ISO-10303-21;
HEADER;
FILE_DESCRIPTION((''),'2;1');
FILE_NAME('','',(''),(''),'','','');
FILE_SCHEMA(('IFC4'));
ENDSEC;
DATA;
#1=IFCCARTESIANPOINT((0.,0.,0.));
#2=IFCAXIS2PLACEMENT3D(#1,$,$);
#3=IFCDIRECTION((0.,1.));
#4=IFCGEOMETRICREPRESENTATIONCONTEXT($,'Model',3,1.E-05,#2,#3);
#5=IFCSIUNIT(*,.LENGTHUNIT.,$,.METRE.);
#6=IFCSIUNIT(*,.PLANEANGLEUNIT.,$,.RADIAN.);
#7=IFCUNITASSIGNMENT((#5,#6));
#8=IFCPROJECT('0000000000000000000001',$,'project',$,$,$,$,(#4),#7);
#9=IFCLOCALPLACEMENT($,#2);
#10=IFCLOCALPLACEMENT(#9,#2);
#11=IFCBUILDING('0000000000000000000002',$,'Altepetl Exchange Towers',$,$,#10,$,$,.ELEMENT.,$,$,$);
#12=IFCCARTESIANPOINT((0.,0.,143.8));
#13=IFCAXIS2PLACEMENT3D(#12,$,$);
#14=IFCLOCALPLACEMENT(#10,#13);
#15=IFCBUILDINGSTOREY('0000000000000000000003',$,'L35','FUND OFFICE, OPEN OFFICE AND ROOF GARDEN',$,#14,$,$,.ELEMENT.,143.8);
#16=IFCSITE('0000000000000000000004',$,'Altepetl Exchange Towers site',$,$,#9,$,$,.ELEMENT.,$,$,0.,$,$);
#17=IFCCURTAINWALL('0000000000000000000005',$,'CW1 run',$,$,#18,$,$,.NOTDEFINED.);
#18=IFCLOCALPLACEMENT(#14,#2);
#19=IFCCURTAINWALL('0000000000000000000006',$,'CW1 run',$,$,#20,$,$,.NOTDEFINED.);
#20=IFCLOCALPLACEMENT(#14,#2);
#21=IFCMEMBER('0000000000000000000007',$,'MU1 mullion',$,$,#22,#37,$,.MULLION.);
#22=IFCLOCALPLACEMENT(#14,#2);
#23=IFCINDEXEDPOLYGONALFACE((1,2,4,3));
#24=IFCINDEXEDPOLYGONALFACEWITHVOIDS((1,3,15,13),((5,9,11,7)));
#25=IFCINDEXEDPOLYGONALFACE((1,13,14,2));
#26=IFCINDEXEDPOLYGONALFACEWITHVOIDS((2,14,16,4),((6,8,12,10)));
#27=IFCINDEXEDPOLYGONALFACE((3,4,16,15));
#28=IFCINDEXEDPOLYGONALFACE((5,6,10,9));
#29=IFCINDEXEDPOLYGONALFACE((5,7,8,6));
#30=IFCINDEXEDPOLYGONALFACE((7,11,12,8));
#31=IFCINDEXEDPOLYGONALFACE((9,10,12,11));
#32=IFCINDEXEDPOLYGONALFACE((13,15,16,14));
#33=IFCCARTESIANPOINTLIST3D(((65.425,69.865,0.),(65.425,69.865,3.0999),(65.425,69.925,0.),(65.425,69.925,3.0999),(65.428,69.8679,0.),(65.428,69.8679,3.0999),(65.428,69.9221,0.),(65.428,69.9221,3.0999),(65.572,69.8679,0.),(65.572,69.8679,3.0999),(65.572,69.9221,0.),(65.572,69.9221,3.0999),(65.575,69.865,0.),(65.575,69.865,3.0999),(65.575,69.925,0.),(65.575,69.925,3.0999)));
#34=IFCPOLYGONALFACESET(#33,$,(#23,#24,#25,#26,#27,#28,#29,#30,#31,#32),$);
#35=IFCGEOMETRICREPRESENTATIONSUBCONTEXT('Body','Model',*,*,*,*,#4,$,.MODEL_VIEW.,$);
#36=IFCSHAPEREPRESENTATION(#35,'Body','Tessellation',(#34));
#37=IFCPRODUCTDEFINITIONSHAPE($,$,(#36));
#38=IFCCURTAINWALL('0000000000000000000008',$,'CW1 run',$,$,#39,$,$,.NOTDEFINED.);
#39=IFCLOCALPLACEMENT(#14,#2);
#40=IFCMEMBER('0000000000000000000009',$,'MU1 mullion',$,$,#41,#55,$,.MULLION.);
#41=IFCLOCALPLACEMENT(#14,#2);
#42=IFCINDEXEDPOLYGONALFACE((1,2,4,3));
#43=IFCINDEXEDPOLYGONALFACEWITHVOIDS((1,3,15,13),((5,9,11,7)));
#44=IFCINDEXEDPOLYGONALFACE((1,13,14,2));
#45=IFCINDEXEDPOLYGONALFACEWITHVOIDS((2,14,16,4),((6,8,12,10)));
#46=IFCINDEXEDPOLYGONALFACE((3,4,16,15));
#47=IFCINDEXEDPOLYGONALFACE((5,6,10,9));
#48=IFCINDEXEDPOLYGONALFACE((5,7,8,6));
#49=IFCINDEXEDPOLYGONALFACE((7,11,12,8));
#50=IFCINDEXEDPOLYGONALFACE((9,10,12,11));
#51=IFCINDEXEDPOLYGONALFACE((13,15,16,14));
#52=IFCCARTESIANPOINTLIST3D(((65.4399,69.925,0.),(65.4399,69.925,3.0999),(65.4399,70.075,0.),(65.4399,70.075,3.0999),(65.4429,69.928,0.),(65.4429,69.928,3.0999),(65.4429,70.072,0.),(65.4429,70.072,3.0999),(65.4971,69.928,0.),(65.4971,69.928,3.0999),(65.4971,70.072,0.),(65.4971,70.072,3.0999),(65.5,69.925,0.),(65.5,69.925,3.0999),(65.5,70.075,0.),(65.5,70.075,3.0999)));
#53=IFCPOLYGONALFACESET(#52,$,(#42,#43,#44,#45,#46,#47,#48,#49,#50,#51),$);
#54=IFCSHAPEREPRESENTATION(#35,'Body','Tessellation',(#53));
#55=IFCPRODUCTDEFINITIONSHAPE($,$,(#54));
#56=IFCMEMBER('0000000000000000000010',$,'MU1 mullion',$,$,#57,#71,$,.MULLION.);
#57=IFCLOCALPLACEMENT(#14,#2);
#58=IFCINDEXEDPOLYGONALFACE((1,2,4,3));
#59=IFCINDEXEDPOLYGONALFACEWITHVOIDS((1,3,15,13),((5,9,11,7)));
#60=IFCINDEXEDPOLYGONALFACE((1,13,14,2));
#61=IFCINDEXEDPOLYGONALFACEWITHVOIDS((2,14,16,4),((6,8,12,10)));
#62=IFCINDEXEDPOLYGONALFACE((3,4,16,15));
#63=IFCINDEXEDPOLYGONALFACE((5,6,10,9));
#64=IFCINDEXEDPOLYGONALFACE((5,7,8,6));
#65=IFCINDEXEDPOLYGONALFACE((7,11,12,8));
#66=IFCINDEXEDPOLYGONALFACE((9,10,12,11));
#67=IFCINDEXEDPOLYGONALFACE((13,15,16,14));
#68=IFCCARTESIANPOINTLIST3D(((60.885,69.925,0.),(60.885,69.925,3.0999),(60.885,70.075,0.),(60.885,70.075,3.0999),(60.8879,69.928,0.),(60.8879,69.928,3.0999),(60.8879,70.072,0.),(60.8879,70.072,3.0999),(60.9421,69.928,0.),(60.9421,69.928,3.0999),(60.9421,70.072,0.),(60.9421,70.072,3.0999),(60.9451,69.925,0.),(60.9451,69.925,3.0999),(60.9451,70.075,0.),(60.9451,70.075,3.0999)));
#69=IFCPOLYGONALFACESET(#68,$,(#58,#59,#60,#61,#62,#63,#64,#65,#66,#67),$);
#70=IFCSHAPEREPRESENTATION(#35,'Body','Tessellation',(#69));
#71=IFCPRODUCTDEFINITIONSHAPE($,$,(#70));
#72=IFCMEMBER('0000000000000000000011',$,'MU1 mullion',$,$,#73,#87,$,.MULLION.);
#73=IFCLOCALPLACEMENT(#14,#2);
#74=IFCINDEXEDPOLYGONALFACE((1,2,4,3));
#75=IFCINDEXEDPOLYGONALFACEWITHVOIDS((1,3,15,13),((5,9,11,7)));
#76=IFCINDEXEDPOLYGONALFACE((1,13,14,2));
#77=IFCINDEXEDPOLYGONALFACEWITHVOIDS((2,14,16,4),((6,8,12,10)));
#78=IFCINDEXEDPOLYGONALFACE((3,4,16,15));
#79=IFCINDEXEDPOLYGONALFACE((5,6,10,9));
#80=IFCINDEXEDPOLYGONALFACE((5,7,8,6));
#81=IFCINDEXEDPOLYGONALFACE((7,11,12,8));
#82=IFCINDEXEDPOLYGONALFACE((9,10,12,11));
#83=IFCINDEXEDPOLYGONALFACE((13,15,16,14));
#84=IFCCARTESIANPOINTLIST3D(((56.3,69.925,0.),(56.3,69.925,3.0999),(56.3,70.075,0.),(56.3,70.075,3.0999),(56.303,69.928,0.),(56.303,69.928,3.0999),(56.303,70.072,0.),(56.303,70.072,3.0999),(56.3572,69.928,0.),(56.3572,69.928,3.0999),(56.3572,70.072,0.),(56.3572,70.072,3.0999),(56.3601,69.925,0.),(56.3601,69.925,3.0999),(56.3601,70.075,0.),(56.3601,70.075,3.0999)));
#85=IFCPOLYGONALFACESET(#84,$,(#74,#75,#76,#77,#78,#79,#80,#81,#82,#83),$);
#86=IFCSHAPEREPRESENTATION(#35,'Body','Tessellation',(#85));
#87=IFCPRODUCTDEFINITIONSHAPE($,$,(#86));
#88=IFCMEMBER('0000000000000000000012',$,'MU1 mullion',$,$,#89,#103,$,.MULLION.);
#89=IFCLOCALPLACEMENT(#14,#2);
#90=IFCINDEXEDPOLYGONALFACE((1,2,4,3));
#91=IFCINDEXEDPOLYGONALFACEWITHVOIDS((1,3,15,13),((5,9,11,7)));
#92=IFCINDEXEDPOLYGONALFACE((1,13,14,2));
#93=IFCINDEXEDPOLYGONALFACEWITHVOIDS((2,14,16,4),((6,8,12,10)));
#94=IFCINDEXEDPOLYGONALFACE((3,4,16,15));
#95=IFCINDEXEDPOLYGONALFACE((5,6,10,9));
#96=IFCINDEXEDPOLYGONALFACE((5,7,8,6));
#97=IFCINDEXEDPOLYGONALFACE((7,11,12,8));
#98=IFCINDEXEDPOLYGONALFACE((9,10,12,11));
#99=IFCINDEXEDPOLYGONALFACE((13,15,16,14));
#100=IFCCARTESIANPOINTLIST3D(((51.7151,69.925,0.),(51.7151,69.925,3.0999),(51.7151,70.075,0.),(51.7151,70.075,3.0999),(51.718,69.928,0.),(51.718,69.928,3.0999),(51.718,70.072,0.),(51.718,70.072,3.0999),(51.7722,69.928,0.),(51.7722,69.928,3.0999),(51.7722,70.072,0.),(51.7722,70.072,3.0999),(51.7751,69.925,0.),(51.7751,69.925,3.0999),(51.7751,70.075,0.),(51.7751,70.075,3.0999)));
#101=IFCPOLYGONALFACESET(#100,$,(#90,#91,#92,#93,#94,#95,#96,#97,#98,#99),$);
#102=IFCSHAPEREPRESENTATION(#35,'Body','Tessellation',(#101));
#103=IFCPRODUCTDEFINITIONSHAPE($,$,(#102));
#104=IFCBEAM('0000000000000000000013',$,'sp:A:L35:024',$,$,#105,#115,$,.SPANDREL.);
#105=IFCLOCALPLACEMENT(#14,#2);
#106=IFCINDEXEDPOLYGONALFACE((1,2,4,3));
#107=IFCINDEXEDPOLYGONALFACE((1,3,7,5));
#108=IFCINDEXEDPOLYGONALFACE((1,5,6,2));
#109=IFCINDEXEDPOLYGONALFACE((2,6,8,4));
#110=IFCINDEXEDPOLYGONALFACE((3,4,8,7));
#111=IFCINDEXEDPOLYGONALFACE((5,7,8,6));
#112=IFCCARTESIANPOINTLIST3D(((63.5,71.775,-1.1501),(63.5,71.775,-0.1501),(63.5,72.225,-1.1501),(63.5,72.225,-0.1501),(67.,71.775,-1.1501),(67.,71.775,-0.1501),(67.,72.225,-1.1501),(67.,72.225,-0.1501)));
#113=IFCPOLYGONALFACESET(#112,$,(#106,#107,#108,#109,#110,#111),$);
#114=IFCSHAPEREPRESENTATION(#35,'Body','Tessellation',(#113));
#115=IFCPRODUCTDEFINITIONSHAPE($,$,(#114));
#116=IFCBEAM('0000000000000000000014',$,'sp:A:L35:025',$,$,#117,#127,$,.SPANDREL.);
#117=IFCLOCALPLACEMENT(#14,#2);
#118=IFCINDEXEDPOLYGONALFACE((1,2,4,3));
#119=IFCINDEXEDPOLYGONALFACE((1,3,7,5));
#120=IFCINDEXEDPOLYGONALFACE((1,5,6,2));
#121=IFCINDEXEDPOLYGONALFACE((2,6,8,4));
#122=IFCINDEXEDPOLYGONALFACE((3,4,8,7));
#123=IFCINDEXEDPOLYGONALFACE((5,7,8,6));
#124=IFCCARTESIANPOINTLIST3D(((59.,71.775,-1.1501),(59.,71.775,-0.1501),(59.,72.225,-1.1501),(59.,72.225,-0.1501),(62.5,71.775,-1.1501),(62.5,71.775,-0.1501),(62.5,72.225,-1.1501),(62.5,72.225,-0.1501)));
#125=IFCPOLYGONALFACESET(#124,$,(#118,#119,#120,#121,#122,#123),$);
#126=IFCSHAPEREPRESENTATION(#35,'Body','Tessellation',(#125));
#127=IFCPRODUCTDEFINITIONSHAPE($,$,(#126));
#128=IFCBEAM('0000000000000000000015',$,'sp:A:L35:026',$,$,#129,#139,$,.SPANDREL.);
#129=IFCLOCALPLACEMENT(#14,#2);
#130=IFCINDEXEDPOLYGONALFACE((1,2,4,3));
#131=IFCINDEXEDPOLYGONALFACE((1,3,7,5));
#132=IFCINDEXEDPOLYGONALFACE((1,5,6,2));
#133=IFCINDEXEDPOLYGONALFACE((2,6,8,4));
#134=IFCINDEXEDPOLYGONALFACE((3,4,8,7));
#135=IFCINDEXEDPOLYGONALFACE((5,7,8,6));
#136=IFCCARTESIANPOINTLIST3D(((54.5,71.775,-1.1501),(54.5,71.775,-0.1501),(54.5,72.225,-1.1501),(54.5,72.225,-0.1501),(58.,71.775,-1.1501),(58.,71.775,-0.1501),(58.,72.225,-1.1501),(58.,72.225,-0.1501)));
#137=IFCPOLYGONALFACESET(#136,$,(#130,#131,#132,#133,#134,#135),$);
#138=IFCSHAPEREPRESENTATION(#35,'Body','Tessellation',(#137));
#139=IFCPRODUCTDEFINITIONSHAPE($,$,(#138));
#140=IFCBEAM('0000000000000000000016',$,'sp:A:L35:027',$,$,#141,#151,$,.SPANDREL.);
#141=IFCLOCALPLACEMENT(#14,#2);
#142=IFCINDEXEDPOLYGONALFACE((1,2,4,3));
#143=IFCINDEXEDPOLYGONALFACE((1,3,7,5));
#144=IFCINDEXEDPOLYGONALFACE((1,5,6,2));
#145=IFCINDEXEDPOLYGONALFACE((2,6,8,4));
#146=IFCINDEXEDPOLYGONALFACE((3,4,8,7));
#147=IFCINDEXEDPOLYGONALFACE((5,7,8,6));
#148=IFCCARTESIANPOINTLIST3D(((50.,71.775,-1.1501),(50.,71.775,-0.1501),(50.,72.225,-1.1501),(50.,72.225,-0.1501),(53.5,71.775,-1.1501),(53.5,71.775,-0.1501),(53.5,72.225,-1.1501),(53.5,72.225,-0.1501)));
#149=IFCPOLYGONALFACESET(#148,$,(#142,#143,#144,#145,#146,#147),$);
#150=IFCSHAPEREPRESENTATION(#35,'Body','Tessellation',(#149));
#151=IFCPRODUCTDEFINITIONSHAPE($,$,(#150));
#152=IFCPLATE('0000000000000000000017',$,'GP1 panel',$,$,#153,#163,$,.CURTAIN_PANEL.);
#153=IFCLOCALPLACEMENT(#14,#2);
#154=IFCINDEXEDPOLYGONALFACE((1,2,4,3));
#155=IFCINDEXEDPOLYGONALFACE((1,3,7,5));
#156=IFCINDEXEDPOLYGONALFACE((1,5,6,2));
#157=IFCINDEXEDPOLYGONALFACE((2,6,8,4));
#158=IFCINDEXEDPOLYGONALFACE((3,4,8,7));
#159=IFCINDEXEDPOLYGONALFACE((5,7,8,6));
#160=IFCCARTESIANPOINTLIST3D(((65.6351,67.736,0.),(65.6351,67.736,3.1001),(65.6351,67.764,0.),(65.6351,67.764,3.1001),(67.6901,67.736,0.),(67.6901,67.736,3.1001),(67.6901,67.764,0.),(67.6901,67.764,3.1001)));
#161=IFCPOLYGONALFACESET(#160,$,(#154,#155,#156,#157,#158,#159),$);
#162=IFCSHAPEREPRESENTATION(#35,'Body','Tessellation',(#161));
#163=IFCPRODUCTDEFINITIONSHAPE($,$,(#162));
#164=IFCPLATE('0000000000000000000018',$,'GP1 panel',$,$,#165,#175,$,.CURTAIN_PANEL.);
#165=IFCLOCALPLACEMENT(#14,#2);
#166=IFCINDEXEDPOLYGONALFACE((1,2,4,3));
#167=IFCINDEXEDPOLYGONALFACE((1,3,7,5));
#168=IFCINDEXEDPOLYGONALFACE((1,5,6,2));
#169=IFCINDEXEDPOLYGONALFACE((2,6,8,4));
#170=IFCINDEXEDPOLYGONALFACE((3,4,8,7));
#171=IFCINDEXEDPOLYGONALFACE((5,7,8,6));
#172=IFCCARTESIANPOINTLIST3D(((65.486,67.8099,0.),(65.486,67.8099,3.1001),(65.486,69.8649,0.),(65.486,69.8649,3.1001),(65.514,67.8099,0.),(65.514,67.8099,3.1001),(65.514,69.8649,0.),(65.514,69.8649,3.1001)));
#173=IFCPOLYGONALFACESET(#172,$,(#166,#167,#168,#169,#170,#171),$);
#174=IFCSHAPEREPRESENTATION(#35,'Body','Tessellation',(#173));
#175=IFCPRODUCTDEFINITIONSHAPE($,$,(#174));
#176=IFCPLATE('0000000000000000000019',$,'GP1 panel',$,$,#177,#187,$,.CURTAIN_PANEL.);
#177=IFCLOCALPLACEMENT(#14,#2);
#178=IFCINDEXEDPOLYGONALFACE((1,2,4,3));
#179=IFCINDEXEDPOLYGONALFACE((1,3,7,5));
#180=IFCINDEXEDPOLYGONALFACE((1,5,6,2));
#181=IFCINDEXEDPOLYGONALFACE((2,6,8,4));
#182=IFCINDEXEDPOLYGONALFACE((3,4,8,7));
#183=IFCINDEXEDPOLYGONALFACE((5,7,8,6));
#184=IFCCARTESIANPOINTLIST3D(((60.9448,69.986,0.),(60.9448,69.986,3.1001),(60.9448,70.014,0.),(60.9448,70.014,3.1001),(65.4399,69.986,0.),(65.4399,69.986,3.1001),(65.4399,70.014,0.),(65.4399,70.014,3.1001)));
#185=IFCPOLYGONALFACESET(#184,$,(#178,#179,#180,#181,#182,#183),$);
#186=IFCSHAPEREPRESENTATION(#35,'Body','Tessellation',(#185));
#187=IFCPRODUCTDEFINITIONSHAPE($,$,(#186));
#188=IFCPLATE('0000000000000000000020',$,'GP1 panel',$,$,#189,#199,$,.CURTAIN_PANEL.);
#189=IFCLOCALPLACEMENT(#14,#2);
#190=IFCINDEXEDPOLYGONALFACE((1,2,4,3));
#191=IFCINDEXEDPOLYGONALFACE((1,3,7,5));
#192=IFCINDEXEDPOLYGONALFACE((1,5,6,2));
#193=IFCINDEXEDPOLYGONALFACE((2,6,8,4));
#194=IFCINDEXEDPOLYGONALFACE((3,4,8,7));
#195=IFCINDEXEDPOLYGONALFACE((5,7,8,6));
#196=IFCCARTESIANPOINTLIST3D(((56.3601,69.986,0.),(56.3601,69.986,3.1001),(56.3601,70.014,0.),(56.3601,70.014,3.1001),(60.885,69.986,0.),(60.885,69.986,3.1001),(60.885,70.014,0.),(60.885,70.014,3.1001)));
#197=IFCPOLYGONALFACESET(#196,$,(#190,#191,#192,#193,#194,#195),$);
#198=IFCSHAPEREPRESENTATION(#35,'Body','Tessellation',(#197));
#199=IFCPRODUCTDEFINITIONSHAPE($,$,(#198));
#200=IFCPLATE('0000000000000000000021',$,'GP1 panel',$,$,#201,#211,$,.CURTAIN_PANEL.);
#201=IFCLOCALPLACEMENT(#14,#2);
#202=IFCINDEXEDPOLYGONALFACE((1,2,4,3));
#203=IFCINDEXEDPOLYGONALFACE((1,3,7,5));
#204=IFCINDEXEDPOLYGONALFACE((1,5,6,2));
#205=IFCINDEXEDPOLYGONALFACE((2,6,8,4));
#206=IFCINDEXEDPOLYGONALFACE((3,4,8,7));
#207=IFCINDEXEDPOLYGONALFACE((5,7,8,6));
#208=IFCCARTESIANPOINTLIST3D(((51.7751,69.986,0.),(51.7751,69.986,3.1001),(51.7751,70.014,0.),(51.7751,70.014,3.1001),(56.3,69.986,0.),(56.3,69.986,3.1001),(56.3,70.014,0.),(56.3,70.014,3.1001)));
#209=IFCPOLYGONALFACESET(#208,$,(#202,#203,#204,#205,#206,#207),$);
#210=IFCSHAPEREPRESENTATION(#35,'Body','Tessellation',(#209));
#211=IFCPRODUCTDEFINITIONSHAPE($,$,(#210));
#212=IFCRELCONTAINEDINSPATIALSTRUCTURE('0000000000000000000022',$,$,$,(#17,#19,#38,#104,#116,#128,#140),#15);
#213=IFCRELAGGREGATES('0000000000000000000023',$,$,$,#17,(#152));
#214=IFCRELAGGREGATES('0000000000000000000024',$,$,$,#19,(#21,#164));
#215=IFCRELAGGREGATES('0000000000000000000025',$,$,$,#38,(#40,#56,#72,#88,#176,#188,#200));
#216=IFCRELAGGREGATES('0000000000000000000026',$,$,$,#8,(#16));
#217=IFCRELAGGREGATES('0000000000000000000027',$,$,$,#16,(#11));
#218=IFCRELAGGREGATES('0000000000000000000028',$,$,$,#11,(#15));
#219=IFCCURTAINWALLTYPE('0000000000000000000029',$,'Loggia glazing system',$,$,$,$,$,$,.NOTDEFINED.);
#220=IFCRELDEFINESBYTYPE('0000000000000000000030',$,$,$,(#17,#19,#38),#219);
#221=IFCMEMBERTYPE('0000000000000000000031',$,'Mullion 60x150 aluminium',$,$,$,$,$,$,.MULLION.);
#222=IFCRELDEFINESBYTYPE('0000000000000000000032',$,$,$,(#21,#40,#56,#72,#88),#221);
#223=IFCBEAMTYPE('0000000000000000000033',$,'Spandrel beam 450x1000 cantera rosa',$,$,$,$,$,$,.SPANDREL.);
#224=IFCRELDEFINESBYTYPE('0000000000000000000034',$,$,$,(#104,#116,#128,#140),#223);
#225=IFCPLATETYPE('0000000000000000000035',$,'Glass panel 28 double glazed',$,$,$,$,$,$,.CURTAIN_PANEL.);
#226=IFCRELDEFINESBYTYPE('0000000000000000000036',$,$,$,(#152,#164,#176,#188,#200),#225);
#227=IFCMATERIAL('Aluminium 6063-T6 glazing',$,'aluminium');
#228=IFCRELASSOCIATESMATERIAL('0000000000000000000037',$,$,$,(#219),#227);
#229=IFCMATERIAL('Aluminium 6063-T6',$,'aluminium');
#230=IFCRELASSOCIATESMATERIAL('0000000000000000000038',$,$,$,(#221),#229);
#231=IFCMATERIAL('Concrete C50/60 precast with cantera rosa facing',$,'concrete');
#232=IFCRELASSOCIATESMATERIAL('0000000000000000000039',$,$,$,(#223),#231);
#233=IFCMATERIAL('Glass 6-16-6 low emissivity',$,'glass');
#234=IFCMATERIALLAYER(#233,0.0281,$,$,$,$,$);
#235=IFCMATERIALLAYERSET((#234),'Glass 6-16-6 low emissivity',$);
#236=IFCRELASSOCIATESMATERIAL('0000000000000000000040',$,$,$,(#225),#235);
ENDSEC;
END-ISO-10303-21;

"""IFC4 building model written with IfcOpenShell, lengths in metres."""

from ifc_helpers import new_model, si_unit, direction, frame, origin, origin_2d, place, context, subcontext, project, spatial, rectangle, hollow_rectangle, extrude, material, layer, layer_set, material_profile, profile_set, type_object, element, aggregate, save


model = new_model("IFC4")

# Units and contexts
model_context = context("Model", 3, precision=1e-05, world=origin(), true_north=direction((0.0, 1.0)))
body_context = subcontext(model_context, "Body", "Model", "MODEL_VIEW")
ifc_project = project(units=[si_unit("LENGTHUNIT", "METRE"), si_unit("PLANEANGLEUNIT", "RADIAN")], contexts=[model_context])

# Site, building, storey
site_placement = place(None, origin())
site = spatial("IfcSite", under=ifc_project, at=site_placement, Name="Altepetl Exchange Towers site", CompositionType="ELEMENT", RefElevation=0.0)
building_placement = place(site_placement, origin())
building = spatial("IfcBuilding", under=site, at=building_placement, Name="Altepetl Exchange Towers", CompositionType="ELEMENT")
storey_placement = place(building_placement, frame((0.0, 0.0, 143.8)))
storey = spatial("IfcBuildingStorey", under=building, at=storey_placement, Name="L35", Description="FUND OFFICE, OPEN OFFICE AND ROOF GARDEN", CompositionType="ELEMENT", Elevation=143.8)

# Curtain wall
ifc_material_1 = material(Name="Aluminium 6063-T6 glazing", Category="aluminium")
curtain_wall_type = type_object("IfcCurtainWallType", Name="Loggia glazing system", PredefinedType="NOTDEFINED", material=ifc_material_1)
curtain_wall_1_placement = place(storey_placement, origin())
curtain_wall_1 = element("IfcCurtainWall", 1, at=curtain_wall_1_placement, inside=storey, type_object=curtain_wall_type, Name="CW1 run", PredefinedType="NOTDEFINED")
ifc_material_2 = material(Name="Aluminium 6063-T6", Category="aluminium")
ifc_material_profile_1 = material_profile(ifc_material_2, hollow_rectangle(XDim=0.0601, YDim=0.1499, WallThickness=0.0029, at=origin_2d()), Name="Mullion 60x150 aluminium")
ifc_profile_set_1 = profile_set([ifc_material_profile_1], Name="Aluminium 6063-T6")
member_type = type_object("IfcMemberType", Name="Mullion 60x150 aluminium", PredefinedType="MULLION", material=ifc_profile_set_1)

# Curtain walls, members
curtain_wall_2_placement = place(storey_placement, origin())
curtain_wall_2 = element("IfcCurtainWall", 2, at=curtain_wall_2_placement, inside=storey, type_object=curtain_wall_type, Name="CW1 run", PredefinedType="NOTDEFINED")
member_1_placement = place(storey_placement, frame((65.5, 69.895, 0.0), z_axis=(0.0, 0.0, 1.0), x_axis=(0.0, 1.0, 0.0)))
member_1 = element("IfcMember", 3, at=member_1_placement, type_object=member_type, Name="MU1 mullion", PredefinedType="MULLION", context=body_context, shape_type="SweptSolid", body=[
    extrude(hollow_rectangle(XDim=0.0601, YDim=0.1499, WallThickness=0.0029, at=origin_2d()), origin(), (0.0, 0.0, 1.0), 3.0999),
])
curtain_wall_3_placement = place(storey_placement, origin())
curtain_wall_3 = element("IfcCurtainWall", 4, at=curtain_wall_3_placement, inside=storey, type_object=curtain_wall_type, Name="CW1 run", PredefinedType="NOTDEFINED")
member_2_placement = place(storey_placement, frame((65.47, 70.0, 0.0), z_axis=(0.0, 0.0, 1.0), x_axis=(-1.0, 0.0, 0.0)))
member_2 = element("IfcMember", 5, at=member_2_placement, type_object=member_type, Name="MU1 mullion", PredefinedType="MULLION", context=body_context, shape_type="SweptSolid", body=[
    extrude(hollow_rectangle(XDim=0.0601, YDim=0.1499, WallThickness=0.0029, at=origin_2d()), origin(), (0.0, 0.0, 1.0), 3.0999),
])
member_3_placement = place(storey_placement, frame((60.915, 70.0, 0.0), z_axis=(0.0, 0.0, 1.0), x_axis=(-1.0, 0.0, 0.0)))
member_3 = element("IfcMember", 6, at=member_3_placement, type_object=member_type, Name="MU1 mullion", PredefinedType="MULLION", context=body_context, shape_type="SweptSolid", body=[
    extrude(hollow_rectangle(XDim=0.0601, YDim=0.1499, WallThickness=0.0029, at=origin_2d()), origin(), (0.0, 0.0, 1.0), 3.0999),
])
member_4_placement = place(storey_placement, frame((56.3301, 70.0, 0.0), z_axis=(0.0, 0.0, 1.0), x_axis=(-1.0, 0.0, 0.0)))
member_4 = element("IfcMember", 7, at=member_4_placement, type_object=member_type, Name="MU1 mullion", PredefinedType="MULLION", context=body_context, shape_type="SweptSolid", body=[
    extrude(hollow_rectangle(XDim=0.0601, YDim=0.1499, WallThickness=0.0029, at=origin_2d()), origin(), (0.0, 0.0, 1.0), 3.0999),
])
member_5_placement = place(storey_placement, frame((51.7451, 70.0, 0.0), z_axis=(0.0, 0.0, 1.0), x_axis=(-1.0, 0.0, 0.0)))
member_5 = element("IfcMember", 8, at=member_5_placement, type_object=member_type, Name="MU1 mullion", PredefinedType="MULLION", context=body_context, shape_type="SweptSolid", body=[
    extrude(hollow_rectangle(XDim=0.0601, YDim=0.1499, WallThickness=0.0029, at=origin_2d()), origin(), (0.0, 0.0, 1.0), 3.0999),
])

# Beams
ifc_material_3 = material(Name="Concrete C50/60 precast with cantera rosa facing", Category="concrete")
ifc_material_profile_2 = material_profile(ifc_material_3, rectangle(XDim=0.45, YDim=1.0, at=origin_2d()), Name="450 x 1000")
ifc_profile_set_2 = profile_set([ifc_material_profile_2], Name="Concrete C50/60 precast with cantera rosa facing")
beam_type_1 = type_object("IfcBeamType", Name="Spandrel beam 450x1000 cantera rosa", PredefinedType="SPANDREL", material=ifc_profile_set_2)
for number, where, z_axis, x_axis, name in (
    (9, (67.0, 72.0, -0.6501), (-1.0, 0.0, 0.0), (0.0, -1.0, 0.0), "sp:A:L35:024"),
    (10, (62.5, 72.0, -0.6501), (-1.0, 0.0, 0.0), (0.0, -1.0, 0.0), "sp:A:L35:025"),
    (11, (58.0, 72.0, -0.6501), (-1.0, 0.0, 0.0), (0.0, -1.0, 0.0), "sp:A:L35:026"),
    (12, (53.5, 72.0, -0.6501), (-1.0, 0.0, 0.0), (0.0, -1.0, 0.0), "sp:A:L35:027"),
):
    element("IfcBeam", number, at=place(storey_placement, frame(where, z_axis=z_axis, x_axis=x_axis)), inside=storey, type_object=beam_type_1, Name=name, PredefinedType="SPANDREL", context=body_context, shape_type="SweptSolid", body=[
        extrude(rectangle(XDim=0.45, YDim=1.0, at=origin_2d()), origin(), (0.0, 0.0, 1.0), 3.5),
    ])

# Plates
ifc_material_4 = material(Name="Glass 6-16-6 low emissivity", Category="glass")
ifc_layer_1 = layer(ifc_material_4, 0.0281)
ifc_layer_set_1 = layer_set([ifc_layer_1], Name="Glass 6-16-6 low emissivity")
plate_type = type_object("IfcPlateType", Name="Glass panel 28 double glazed", PredefinedType="CURTAIN_PANEL", material=ifc_layer_set_1)
plate_1_placement = place(storey_placement, frame((66.6626, 67.75, 0.0), z_axis=(0.0, 0.0, 1.0), x_axis=(-1.0, 0.0, 0.0)))
plate_1 = element("IfcPlate", 13, at=plate_1_placement, type_object=plate_type, Name="GP1 panel", PredefinedType="CURTAIN_PANEL", context=body_context, shape_type="SweptSolid", body=[
    extrude(rectangle(XDim=2.0549, YDim=0.0281, at=origin_2d()), origin(), (0.0, 0.0, 1.0), 3.1001),
])
aggregate(curtain_wall_1, [plate_1])
plate_2_placement = place(storey_placement, frame((65.5, 68.8374, 0.0), z_axis=(0.0, 0.0, 1.0), x_axis=(0.0, 1.0, 0.0)))
plate_2 = element("IfcPlate", 14, at=plate_2_placement, type_object=plate_type, Name="GP1 panel", PredefinedType="CURTAIN_PANEL", context=body_context, shape_type="SweptSolid", body=[
    extrude(rectangle(XDim=2.0549, YDim=0.0281, at=origin_2d()), origin(), (0.0, 0.0, 1.0), 3.1001),
])
aggregate(curtain_wall_2, [member_1, plate_2])
plate_3_placement = place(storey_placement, frame((63.1924, 70.0, 0.0), z_axis=(0.0, 0.0, 1.0), x_axis=(-1.0, 0.0, 0.0)))
plate_3 = element("IfcPlate", 15, at=plate_3_placement, type_object=plate_type, Name="GP1 panel", PredefinedType="CURTAIN_PANEL", context=body_context, shape_type="SweptSolid", body=[
    extrude(rectangle(XDim=4.4951, YDim=0.0281, at=origin_2d()), origin(), (0.0, 0.0, 1.0), 3.1001),
])
plate_4_placement = place(storey_placement, frame((58.6226, 70.0, 0.0), z_axis=(0.0, 0.0, 1.0), x_axis=(-1.0, 0.0, 0.0)))
plate_4 = element("IfcPlate", 16, at=plate_4_placement, type_object=plate_type, Name="GP1 panel", PredefinedType="CURTAIN_PANEL", context=body_context, shape_type="SweptSolid", body=[
    extrude(rectangle(XDim=4.5249, YDim=0.0281, at=origin_2d()), origin(), (0.0, 0.0, 1.0), 3.1001),
])
plate_5_placement = place(storey_placement, frame((54.0376, 70.0, 0.0), z_axis=(0.0, 0.0, 1.0), x_axis=(-1.0, 0.0, 0.0)))
plate_5 = element("IfcPlate", 17, at=plate_5_placement, type_object=plate_type, Name="GP1 panel", PredefinedType="CURTAIN_PANEL", context=body_context, shape_type="SweptSolid", body=[
    extrude(rectangle(XDim=4.5249, YDim=0.0281, at=origin_2d()), origin(), (0.0, 0.0, 1.0), 3.1001),
])
aggregate(curtain_wall_3, [member_2, member_3, member_4, member_5, plate_3, plate_4, plate_5])

save(model, "model.ifc")
